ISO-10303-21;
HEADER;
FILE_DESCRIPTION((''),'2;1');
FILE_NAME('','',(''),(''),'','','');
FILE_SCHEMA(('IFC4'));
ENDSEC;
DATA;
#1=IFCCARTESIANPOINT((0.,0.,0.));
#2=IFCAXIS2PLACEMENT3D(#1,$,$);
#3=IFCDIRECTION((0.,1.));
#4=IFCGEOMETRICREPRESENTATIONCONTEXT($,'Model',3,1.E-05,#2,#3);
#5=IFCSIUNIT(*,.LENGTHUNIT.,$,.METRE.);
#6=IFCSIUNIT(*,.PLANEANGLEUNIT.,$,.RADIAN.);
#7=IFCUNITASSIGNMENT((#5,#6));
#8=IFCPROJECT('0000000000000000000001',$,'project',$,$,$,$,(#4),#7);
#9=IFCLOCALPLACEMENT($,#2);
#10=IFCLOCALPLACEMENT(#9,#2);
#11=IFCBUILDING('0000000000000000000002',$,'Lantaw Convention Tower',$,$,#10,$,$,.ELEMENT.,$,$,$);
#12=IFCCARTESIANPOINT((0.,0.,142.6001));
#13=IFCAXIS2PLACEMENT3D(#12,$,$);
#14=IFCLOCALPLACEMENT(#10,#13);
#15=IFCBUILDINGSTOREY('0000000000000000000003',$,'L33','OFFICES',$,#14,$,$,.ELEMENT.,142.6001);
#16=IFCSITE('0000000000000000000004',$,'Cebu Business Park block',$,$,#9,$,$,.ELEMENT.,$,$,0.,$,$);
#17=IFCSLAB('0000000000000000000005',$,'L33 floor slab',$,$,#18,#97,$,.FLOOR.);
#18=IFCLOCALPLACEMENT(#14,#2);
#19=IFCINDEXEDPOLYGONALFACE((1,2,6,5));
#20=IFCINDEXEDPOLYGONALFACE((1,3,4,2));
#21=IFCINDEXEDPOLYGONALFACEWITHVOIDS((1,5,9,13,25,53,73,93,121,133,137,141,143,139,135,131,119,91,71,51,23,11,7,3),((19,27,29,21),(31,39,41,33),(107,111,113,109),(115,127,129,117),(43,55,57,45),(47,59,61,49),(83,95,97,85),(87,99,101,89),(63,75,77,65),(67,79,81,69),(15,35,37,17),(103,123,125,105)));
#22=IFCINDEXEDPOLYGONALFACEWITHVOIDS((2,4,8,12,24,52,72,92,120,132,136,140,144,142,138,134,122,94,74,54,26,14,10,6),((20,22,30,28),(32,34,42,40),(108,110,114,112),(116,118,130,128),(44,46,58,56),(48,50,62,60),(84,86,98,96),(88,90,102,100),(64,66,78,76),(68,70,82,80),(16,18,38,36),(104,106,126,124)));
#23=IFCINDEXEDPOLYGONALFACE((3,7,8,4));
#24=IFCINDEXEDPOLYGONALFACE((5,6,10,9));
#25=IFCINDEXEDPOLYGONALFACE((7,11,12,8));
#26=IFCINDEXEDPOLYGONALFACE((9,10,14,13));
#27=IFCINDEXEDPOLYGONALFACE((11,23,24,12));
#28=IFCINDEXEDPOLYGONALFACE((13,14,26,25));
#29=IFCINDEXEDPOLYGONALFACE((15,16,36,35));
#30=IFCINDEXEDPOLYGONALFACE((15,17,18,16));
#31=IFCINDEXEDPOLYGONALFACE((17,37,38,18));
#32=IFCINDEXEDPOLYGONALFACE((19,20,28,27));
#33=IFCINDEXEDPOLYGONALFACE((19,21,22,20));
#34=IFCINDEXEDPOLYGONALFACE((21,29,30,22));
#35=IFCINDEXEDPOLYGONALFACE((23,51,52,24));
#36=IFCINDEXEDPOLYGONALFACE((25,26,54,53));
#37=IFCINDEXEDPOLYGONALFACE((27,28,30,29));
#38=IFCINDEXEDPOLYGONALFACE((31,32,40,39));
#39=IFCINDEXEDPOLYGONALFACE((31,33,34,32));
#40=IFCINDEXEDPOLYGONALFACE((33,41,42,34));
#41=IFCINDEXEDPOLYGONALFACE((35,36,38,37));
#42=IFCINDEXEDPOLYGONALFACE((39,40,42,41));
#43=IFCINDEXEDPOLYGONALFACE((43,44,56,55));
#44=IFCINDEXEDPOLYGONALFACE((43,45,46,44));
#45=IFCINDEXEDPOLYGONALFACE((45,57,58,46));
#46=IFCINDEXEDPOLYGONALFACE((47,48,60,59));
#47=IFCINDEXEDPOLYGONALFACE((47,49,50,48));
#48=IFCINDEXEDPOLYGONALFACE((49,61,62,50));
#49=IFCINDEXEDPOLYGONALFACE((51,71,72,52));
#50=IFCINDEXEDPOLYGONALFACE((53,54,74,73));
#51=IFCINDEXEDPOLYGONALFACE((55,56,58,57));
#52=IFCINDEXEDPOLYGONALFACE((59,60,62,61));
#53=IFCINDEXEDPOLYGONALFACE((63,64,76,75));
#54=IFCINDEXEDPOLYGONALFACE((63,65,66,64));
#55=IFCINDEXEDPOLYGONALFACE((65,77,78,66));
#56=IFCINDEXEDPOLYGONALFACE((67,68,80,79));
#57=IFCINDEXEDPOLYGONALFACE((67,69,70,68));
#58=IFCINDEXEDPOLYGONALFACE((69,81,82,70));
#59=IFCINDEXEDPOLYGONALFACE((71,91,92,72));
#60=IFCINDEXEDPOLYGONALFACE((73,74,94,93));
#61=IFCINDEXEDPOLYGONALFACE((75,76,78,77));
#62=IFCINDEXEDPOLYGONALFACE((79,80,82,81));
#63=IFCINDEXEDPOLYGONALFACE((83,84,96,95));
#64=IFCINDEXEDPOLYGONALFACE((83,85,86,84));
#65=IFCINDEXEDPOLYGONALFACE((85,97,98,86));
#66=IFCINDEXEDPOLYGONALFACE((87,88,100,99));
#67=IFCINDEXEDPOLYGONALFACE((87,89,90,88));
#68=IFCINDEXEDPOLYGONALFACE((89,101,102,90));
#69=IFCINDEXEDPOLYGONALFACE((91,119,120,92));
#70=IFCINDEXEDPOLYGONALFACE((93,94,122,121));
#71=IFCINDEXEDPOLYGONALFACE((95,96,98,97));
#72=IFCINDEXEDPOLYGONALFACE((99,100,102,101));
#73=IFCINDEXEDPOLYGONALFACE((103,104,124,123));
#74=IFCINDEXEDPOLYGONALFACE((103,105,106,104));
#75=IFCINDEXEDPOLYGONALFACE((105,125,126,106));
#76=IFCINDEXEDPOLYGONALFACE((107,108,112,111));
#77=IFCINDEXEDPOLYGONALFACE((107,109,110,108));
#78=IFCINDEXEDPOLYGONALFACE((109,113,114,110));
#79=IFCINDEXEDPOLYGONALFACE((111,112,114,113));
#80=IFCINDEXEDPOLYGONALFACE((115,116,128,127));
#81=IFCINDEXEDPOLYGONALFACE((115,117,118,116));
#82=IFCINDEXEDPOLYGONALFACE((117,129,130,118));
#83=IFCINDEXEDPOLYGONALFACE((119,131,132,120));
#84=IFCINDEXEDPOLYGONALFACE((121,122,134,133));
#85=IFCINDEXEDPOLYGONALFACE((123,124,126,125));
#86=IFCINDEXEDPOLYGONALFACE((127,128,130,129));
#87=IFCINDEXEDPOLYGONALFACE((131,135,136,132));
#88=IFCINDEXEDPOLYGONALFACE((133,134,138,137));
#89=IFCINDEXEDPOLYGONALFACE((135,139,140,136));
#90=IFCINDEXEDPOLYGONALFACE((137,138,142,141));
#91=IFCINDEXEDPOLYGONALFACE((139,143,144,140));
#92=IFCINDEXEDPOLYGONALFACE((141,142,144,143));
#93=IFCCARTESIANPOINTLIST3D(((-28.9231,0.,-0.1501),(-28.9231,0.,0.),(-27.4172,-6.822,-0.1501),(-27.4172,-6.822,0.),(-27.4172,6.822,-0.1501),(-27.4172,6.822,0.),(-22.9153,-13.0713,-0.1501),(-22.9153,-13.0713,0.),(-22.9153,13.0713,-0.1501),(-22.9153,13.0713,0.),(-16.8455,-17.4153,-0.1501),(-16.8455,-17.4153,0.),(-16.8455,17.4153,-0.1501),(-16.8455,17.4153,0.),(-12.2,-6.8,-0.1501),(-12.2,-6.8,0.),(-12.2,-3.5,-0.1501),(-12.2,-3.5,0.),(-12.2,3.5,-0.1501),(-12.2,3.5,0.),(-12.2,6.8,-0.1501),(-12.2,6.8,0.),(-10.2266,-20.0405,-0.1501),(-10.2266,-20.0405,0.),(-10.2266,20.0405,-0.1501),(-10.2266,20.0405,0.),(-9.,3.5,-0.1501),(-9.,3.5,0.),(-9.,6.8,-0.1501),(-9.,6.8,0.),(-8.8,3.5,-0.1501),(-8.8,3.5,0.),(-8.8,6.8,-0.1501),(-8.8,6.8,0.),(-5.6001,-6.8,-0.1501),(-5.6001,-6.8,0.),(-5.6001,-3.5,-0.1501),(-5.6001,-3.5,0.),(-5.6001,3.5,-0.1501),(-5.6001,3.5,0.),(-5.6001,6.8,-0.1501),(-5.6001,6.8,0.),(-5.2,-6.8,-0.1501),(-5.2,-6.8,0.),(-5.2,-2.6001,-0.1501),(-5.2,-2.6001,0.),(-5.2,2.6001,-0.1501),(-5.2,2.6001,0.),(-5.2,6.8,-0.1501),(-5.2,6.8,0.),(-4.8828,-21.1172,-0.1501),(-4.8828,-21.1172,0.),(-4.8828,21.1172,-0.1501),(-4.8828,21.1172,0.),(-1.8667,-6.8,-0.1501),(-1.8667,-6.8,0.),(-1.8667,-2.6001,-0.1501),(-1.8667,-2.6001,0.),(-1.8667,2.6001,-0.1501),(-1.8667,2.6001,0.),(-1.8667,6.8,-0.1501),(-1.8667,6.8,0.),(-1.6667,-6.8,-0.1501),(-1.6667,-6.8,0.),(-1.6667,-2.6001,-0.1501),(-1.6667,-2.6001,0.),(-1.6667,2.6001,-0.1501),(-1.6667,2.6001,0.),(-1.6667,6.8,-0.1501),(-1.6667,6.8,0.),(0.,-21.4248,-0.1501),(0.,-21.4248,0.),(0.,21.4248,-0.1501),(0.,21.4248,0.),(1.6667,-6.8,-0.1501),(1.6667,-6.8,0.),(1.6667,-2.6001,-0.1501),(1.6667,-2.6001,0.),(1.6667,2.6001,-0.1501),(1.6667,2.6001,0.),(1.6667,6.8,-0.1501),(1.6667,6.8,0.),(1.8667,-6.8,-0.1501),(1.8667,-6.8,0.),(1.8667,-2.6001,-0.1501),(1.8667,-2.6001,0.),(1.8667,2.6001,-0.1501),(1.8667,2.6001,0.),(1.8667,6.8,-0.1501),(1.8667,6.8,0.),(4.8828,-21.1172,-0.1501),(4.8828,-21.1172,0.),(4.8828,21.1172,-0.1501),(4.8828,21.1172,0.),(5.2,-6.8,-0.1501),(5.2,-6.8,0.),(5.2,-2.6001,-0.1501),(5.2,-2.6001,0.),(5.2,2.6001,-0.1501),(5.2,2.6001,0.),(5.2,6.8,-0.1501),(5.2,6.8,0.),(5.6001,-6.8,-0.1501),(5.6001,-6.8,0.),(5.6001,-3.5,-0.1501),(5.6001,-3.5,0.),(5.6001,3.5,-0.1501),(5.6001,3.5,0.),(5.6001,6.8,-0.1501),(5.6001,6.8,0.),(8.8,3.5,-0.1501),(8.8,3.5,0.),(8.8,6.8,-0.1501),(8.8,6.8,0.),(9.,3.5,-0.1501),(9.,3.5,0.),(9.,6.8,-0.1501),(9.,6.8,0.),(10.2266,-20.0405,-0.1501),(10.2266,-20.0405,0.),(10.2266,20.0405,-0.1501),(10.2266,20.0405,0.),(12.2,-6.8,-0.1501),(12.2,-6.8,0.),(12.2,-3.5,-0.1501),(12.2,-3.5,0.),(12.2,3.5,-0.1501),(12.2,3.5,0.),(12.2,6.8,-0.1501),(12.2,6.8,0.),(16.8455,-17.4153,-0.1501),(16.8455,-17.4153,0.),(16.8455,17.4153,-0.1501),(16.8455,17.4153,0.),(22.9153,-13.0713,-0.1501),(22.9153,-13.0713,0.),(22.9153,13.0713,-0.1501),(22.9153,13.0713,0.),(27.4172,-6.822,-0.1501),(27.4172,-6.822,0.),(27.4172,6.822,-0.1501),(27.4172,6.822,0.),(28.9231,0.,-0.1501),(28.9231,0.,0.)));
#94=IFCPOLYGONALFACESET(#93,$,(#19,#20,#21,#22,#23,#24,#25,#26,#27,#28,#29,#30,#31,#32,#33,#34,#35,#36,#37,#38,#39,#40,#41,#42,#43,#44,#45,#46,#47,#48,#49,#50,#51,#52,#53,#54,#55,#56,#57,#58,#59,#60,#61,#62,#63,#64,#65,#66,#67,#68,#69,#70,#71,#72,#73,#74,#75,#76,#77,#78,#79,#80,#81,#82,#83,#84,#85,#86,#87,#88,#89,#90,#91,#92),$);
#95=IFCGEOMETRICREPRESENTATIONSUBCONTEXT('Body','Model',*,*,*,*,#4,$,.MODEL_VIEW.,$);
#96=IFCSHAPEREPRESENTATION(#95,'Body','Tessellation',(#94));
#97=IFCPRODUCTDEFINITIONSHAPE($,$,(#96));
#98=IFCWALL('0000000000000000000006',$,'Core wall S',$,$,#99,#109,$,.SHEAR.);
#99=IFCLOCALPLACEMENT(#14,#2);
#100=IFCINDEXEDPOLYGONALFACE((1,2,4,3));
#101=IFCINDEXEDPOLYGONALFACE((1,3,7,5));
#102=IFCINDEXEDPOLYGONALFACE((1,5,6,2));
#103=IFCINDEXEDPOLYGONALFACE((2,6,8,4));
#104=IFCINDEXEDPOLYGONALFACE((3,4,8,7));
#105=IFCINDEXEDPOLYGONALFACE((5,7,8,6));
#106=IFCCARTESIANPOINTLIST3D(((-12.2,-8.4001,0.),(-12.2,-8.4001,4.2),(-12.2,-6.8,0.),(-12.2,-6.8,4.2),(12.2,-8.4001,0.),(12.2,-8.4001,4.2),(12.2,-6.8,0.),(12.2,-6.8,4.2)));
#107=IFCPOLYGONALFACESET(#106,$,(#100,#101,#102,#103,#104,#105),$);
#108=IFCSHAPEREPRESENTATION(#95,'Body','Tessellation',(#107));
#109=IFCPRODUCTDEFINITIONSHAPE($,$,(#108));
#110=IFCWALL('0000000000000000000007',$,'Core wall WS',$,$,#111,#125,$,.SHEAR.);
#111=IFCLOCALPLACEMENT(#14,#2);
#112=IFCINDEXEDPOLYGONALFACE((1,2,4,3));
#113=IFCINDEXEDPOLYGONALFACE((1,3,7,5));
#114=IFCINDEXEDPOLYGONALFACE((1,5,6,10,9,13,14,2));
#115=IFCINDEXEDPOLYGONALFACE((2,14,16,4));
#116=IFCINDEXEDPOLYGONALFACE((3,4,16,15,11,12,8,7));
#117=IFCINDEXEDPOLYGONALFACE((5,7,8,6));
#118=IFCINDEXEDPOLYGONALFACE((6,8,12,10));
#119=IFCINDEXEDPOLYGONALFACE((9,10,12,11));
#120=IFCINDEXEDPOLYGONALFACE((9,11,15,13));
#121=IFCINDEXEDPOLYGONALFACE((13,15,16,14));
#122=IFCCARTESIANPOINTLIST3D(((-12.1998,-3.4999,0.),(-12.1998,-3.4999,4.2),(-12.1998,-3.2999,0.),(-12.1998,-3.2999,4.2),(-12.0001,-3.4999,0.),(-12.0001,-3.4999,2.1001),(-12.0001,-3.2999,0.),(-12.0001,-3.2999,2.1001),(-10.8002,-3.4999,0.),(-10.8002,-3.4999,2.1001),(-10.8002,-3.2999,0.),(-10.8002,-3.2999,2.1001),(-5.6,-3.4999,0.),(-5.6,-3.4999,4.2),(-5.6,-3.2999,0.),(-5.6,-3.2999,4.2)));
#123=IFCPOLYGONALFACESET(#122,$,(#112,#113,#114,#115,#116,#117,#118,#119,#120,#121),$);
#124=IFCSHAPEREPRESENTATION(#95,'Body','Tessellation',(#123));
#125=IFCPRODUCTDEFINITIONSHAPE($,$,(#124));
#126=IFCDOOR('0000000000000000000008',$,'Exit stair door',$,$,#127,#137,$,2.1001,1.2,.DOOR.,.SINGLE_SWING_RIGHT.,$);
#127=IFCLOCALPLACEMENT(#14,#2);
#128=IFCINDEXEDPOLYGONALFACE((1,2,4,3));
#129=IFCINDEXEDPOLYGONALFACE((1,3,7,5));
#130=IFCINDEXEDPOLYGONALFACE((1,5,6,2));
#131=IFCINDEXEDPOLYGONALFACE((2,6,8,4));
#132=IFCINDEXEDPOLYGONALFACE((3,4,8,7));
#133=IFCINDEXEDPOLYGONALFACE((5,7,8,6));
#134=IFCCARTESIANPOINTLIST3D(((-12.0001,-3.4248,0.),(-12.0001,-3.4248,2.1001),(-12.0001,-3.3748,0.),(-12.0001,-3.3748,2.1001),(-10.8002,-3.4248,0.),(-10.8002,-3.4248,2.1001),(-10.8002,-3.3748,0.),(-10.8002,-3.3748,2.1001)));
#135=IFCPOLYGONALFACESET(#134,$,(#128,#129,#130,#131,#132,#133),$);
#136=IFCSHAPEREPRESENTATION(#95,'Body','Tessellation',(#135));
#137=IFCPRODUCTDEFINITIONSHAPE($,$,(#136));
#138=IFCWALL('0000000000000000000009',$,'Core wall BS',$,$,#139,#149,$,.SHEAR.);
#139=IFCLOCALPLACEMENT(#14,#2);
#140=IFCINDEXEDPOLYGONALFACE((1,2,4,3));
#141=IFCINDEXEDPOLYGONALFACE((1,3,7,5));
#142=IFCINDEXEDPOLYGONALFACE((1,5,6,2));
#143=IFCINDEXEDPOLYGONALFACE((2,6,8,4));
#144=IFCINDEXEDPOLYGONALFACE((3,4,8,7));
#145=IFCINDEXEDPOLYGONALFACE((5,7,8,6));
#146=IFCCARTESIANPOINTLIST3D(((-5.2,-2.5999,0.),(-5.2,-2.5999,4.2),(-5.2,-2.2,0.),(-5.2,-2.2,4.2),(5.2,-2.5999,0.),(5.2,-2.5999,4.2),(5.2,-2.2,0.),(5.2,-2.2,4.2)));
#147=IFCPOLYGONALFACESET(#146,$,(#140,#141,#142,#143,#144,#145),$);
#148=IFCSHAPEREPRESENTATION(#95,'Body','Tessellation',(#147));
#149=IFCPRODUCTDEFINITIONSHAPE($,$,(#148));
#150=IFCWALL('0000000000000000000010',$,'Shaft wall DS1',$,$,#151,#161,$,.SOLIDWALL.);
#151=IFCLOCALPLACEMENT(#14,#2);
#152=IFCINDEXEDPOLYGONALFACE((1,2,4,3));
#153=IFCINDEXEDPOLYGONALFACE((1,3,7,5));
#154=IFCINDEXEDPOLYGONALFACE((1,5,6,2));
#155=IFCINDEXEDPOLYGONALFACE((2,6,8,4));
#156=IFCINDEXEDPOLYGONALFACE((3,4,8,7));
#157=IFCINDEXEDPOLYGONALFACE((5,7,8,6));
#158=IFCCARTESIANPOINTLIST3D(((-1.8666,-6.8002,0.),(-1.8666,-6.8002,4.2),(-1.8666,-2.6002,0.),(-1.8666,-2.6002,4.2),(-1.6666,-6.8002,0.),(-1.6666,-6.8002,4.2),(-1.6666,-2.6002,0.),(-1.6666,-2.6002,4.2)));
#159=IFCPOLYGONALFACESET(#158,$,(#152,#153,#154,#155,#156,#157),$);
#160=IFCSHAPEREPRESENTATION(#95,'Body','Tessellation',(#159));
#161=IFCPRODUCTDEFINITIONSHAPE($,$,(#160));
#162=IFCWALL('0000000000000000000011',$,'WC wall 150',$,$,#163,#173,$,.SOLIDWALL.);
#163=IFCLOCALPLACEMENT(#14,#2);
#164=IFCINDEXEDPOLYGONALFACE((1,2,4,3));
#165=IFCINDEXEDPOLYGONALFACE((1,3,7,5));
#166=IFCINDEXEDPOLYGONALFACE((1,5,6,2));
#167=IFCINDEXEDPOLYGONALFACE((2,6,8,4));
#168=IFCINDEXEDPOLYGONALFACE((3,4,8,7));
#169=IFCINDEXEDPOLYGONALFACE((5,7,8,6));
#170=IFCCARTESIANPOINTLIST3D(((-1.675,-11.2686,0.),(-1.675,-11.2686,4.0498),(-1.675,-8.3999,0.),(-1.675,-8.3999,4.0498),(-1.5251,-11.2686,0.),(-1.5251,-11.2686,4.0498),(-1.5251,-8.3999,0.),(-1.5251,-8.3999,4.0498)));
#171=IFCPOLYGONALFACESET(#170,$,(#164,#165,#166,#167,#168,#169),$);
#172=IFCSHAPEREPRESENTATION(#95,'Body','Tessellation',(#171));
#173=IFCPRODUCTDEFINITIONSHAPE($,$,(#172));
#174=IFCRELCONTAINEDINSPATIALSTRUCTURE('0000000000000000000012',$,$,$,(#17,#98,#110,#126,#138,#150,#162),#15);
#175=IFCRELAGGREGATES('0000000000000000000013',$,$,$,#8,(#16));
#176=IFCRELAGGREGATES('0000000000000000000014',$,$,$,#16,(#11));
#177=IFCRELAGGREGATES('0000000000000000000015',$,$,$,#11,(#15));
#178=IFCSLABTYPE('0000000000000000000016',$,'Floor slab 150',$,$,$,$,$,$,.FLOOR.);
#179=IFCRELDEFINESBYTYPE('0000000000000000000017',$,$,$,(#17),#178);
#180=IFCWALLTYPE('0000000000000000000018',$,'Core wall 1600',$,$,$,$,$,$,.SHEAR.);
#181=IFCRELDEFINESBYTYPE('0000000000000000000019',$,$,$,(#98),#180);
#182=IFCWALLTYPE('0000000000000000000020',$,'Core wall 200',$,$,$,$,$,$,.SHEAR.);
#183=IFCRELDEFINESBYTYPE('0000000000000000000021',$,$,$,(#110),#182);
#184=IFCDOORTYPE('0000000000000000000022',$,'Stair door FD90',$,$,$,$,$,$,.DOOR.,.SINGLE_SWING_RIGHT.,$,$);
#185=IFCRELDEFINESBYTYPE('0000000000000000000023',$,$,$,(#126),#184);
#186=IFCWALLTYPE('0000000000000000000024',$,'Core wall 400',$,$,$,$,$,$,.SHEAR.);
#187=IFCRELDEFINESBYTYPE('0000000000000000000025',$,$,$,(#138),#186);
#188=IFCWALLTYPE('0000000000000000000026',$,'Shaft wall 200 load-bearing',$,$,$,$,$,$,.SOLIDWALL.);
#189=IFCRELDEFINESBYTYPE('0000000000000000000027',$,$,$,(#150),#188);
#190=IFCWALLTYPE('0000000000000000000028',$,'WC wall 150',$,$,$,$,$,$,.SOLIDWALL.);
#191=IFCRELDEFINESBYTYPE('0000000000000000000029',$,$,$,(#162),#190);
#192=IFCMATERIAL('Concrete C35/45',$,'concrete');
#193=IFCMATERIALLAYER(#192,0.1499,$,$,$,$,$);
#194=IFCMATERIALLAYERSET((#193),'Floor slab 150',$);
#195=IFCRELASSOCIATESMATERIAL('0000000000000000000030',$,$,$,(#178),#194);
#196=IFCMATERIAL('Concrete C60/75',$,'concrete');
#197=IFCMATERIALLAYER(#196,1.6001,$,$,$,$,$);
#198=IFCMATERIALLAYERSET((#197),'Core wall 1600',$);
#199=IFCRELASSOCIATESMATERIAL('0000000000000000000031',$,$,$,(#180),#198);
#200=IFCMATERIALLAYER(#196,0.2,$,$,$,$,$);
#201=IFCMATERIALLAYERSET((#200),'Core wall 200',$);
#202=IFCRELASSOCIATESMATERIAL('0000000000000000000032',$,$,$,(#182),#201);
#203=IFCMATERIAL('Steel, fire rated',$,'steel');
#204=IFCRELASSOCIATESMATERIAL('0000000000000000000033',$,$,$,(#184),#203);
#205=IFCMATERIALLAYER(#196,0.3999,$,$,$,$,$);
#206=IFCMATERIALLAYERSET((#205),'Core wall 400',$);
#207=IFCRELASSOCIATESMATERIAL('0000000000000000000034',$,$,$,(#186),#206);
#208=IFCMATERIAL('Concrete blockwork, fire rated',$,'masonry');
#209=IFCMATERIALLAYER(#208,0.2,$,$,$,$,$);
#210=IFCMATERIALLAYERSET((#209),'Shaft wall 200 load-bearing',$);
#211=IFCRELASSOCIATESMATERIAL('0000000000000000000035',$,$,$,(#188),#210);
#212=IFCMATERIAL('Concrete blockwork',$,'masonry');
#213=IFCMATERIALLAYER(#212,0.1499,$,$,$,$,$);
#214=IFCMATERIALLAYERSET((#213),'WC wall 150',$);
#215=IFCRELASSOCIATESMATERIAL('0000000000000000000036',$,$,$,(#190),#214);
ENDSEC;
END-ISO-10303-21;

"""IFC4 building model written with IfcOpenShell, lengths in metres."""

from ifc_helpers import new_model, si_unit, direction, frame, frame_2d, origin, place, context, subcontext, project, spatial, polyline, rectangle, outline, extrude, material, layer, layer_set, type_object, element, fill, save


model = new_model("IFC4")

# Units and contexts
model_context = context("Model", 3, precision=1e-05, world=origin(), true_north=direction((0.0, 1.0)))
body_context = subcontext(model_context, "Body", "Model", "MODEL_VIEW")
ifc_project = project(units=[si_unit("LENGTHUNIT", "METRE"), si_unit("PLANEANGLEUNIT", "RADIAN")], contexts=[model_context])

# Site, building, storey
site_placement = place(None, origin())
site = spatial("IfcSite", under=ifc_project, at=site_placement, Name="Cebu Business Park block", CompositionType="ELEMENT", RefElevation=0.0)
building_placement = place(site_placement, origin())
building = spatial("IfcBuilding", under=site, at=building_placement, Name="Lantaw Convention Tower", CompositionType="ELEMENT")
storey_placement = place(building_placement, frame((0.0, 0.0, 142.6001)))
storey = spatial("IfcBuildingStorey", under=building, at=storey_placement, Name="L33", Description="OFFICES", CompositionType="ELEMENT", Elevation=142.6001)

# Slab
ifc_material_1 = material(Name="Concrete C35/45", Category="concrete")
ifc_layer_1 = layer(ifc_material_1, 0.1499)
ifc_layer_set_1 = layer_set([ifc_layer_1], Name="Floor slab 150")
slab_type = type_object("IfcSlabType", Name="Floor slab 150", PredefinedType="FLOOR", material=ifc_layer_set_1)
slab_placement = place(storey_placement, frame((0.0, 0.0, -0.1501)))
element("IfcSlab", 1, at=slab_placement, inside=storey, type_object=slab_type, Name="L33 floor slab", PredefinedType="FLOOR", context=body_context, shape_type="SweptSolid", body=[
    extrude(outline(polyline([(27.4172, -6.822), (28.9231, 0.0), (27.4172, 6.822), (22.9153, 13.0713), (16.8455, 17.4153), (10.2266, 20.0405), (4.8828, 21.1172), (0.0, 21.4248), (-4.8828, 21.1172), (-10.2266, 20.0405), (-16.8455, 17.4153), (-22.9153, 13.0713), (-27.4172, 6.822), (-28.9231, 0.0), (-27.4172, -6.822), (-22.9153, -13.0713), (-16.8455, -17.4153), (-10.2266, -20.0405), (-4.8828, -21.1172), (0.0, -21.4248), (4.8828, -21.1172), (10.2266, -20.0405), (16.8455, -17.4153), (22.9153, -13.0713), (27.4172, -6.822)]), holes=[polyline([(-5.6001, -3.5), (-12.2, -3.5), (-12.2, -6.8), (-5.6001, -6.8), (-5.6001, -3.5)]), polyline([(-1.8667, -6.8), (-1.8667, -2.6001), (-5.2, -2.6001), (-5.2, -6.8), (-1.8667, -6.8)]), polyline([(-1.8667, 2.6001), (-1.8667, 6.8), (-5.2, 6.8), (-5.2, 2.6001), (-1.8667, 2.6001)]), polyline([(1.6667, 6.8), (-1.6667, 6.8), (-1.6667, 2.6001), (1.6667, 2.6001), (1.6667, 6.8)]), polyline([(-9.0, 3.5), (-9.0, 6.8), (-12.2, 6.8), (-12.2, 3.5), (-9.0, 3.5)]), polyline([(-5.6001, 3.5), (-5.6001, 6.8), (-8.8, 6.8), (-8.8, 3.5), (-5.6001, 3.5)]), polyline([(12.2, -3.5), (5.6001, -3.5), (5.6001, -6.8), (12.2, -6.8), (12.2, -3.5)]), polyline([(1.6667, -6.8), (1.6667, -2.6001), (-1.6667, -2.6001), (-1.6667, -6.8), (1.6667, -6.8)]), polyline([(5.2, -6.8), (5.2, -2.6001), (1.8667, -2.6001), (1.8667, -6.8), (5.2, -6.8)]), polyline([(5.2, 6.8), (1.8667, 6.8), (1.8667, 2.6001), (5.2, 2.6001), (5.2, 6.8)]), polyline([(8.8, 3.5), (8.8, 6.8), (5.6001, 6.8), (5.6001, 3.5), (8.8, 3.5)]), polyline([(12.2, 3.5), (12.2, 6.8), (9.0, 6.8), (9.0, 3.5), (12.2, 3.5)])]), origin(), (0.0, 0.0, 1.0), 0.1501),
])

# Wall
ifc_material_2 = material(Name="Concrete C60/75", Category="concrete")
ifc_layer_2 = layer(ifc_material_2, 1.6001)
ifc_layer_set_2 = layer_set([ifc_layer_2], Name="Core wall 1600")
wall_type_1 = type_object("IfcWallType", Name="Core wall 1600", PredefinedType="SHEAR", material=ifc_layer_set_2)
wall_1_placement = place(storey_placement, frame((-12.2, -7.6001, 0.0), z_axis=(0.0, 0.0, 1.0), x_axis=(1.0, 0.0, 0.0)))
element("IfcWall", 2, at=wall_1_placement, inside=storey, type_object=wall_type_1, Name="Core wall S", PredefinedType="SHEAR", context=body_context, shape_type="SweptSolid", body=[
    extrude(rectangle(XDim=24.3999, YDim=1.6001, at=frame_2d((12.2, 0.0))), origin(), (0.0, 0.0, 1.0), 4.2),
])

# Wall, opening, door
ifc_layer_3 = layer(ifc_material_2, 0.2)
ifc_layer_set_3 = layer_set([ifc_layer_3], Name="Core wall 200")
wall_type_2 = type_object("IfcWallType", Name="Core wall 200", PredefinedType="SHEAR", material=ifc_layer_set_3)
wall_2_placement = place(storey_placement, frame((-5.6001, -3.3999, 0.0), z_axis=(0.0, 0.0, 1.0), x_axis=(-1.0, 0.0, 0.0)))
wall_2 = element("IfcWall", 3, at=wall_2_placement, inside=storey, type_object=wall_type_2, Name="Core wall WS", PredefinedType="SHEAR", context=body_context, shape_type="SweptSolid", body=[
    extrude(rectangle(XDim=6.5999, YDim=0.2, at=frame_2d((3.2998, 0.0))), origin(), (0.0, 0.0, 1.0), 4.2),
])
opening_placement = place(wall_2_placement, frame((5.2, 0.0, 0.0)))
opening = element("IfcOpeningElement", 4, at=opening_placement, cuts=wall_2, PredefinedType="OPENING", context=body_context, shape_type="SweptSolid", body=[
    extrude(rectangle(XDim=1.2, YDim=2.1001, at=frame_2d((0.6001, 1.05))), frame((0.0, 0.1099, 0.0), z_axis=(0.0, -1.0, 0.0), x_axis=(1.0, 0.0, 0.0)), (0.0, 0.0, 1.0), 0.22),
])
ifc_material_3 = material(Name="Steel, fire rated", Category="steel")
door_type = type_object("IfcDoorType", Name="Stair door FD90", OperationType="SINGLE_SWING_RIGHT", PredefinedType="DOOR", material=ifc_material_3)
door_placement = place(opening_placement, origin())
door = element("IfcDoor", 5, at=door_placement, inside=storey, type_object=door_type, Name="Exit stair door", OperationType="SINGLE_SWING_RIGHT", OverallHeight=2.1001, OverallWidth=1.2, PredefinedType="DOOR", context=body_context, shape_type="SweptSolid", body=[
    extrude(rectangle(XDim=1.2, YDim=2.1001, at=frame_2d((0.6001, 1.05))), frame((0.0, 0.0249, 0.0), z_axis=(0.0, -1.0, 0.0), x_axis=(1.0, 0.0, 0.0)), (0.0, 0.0, 1.0), 0.05),
])
fill(opening, door)

# Walls
ifc_layer_4 = layer(ifc_material_2, 0.3999)
ifc_layer_set_4 = layer_set([ifc_layer_4], Name="Core wall 400")
wall_type_3 = type_object("IfcWallType", Name="Core wall 400", PredefinedType="SHEAR", material=ifc_layer_set_4)
wall_3_placement = place(storey_placement, frame((-5.2, -2.3999, 0.0), z_axis=(0.0, 0.0, 1.0), x_axis=(1.0, 0.0, 0.0)))
element("IfcWall", 6, at=wall_3_placement, inside=storey, type_object=wall_type_3, Name="Core wall BS", PredefinedType="SHEAR", context=body_context, shape_type="SweptSolid", body=[
    extrude(rectangle(XDim=10.3999, YDim=0.3999, at=frame_2d((5.2, 0.0))), origin(), (0.0, 0.0, 1.0), 4.2),
])
ifc_material_4 = material(Name="Concrete blockwork, fire rated", Category="masonry")
ifc_layer_5 = layer(ifc_material_4, 0.2)
ifc_layer_set_5 = layer_set([ifc_layer_5], Name="Shaft wall 200 load-bearing")
wall_type_4 = type_object("IfcWallType", Name="Shaft wall 200 load-bearing", PredefinedType="SOLIDWALL", material=ifc_layer_set_5)
wall_4_placement = place(storey_placement, frame((-1.7666, -2.6001, 0.0), z_axis=(0.0, 0.0, 1.0), x_axis=(0.0, -1.0, 0.0)))
element("IfcWall", 7, at=wall_4_placement, inside=storey, type_object=wall_type_4, Name="Shaft wall DS1", PredefinedType="SOLIDWALL", context=body_context, shape_type="SweptSolid", body=[
    extrude(rectangle(XDim=4.2, YDim=0.2, at=frame_2d((2.1001, 0.0))), origin(), (0.0, 0.0, 1.0), 4.2),
])
ifc_material_5 = material(Name="Concrete blockwork", Category="masonry")
ifc_layer_6 = layer(ifc_material_5, 0.1499)
ifc_layer_set_6 = layer_set([ifc_layer_6], Name="WC wall 150")
wall_type_5 = type_object("IfcWallType", Name="WC wall 150", PredefinedType="SOLIDWALL", material=ifc_layer_set_6)
wall_5_placement = place(storey_placement, frame((-1.6001, -8.3999, 0.0), z_axis=(0.0, 0.0, 1.0), x_axis=(0.0, -1.0, 0.0)))
element("IfcWall", 8, at=wall_5_placement, inside=storey, type_object=wall_type_5, Name="WC wall 150", PredefinedType="SOLIDWALL", context=body_context, shape_type="SweptSolid", body=[
    extrude(rectangle(XDim=2.8687, YDim=0.1499, at=frame_2d((1.4343, 0.0))), origin(), (0.0, 0.0, 1.0), 4.0498),
])

save(model, "model.ifc")
